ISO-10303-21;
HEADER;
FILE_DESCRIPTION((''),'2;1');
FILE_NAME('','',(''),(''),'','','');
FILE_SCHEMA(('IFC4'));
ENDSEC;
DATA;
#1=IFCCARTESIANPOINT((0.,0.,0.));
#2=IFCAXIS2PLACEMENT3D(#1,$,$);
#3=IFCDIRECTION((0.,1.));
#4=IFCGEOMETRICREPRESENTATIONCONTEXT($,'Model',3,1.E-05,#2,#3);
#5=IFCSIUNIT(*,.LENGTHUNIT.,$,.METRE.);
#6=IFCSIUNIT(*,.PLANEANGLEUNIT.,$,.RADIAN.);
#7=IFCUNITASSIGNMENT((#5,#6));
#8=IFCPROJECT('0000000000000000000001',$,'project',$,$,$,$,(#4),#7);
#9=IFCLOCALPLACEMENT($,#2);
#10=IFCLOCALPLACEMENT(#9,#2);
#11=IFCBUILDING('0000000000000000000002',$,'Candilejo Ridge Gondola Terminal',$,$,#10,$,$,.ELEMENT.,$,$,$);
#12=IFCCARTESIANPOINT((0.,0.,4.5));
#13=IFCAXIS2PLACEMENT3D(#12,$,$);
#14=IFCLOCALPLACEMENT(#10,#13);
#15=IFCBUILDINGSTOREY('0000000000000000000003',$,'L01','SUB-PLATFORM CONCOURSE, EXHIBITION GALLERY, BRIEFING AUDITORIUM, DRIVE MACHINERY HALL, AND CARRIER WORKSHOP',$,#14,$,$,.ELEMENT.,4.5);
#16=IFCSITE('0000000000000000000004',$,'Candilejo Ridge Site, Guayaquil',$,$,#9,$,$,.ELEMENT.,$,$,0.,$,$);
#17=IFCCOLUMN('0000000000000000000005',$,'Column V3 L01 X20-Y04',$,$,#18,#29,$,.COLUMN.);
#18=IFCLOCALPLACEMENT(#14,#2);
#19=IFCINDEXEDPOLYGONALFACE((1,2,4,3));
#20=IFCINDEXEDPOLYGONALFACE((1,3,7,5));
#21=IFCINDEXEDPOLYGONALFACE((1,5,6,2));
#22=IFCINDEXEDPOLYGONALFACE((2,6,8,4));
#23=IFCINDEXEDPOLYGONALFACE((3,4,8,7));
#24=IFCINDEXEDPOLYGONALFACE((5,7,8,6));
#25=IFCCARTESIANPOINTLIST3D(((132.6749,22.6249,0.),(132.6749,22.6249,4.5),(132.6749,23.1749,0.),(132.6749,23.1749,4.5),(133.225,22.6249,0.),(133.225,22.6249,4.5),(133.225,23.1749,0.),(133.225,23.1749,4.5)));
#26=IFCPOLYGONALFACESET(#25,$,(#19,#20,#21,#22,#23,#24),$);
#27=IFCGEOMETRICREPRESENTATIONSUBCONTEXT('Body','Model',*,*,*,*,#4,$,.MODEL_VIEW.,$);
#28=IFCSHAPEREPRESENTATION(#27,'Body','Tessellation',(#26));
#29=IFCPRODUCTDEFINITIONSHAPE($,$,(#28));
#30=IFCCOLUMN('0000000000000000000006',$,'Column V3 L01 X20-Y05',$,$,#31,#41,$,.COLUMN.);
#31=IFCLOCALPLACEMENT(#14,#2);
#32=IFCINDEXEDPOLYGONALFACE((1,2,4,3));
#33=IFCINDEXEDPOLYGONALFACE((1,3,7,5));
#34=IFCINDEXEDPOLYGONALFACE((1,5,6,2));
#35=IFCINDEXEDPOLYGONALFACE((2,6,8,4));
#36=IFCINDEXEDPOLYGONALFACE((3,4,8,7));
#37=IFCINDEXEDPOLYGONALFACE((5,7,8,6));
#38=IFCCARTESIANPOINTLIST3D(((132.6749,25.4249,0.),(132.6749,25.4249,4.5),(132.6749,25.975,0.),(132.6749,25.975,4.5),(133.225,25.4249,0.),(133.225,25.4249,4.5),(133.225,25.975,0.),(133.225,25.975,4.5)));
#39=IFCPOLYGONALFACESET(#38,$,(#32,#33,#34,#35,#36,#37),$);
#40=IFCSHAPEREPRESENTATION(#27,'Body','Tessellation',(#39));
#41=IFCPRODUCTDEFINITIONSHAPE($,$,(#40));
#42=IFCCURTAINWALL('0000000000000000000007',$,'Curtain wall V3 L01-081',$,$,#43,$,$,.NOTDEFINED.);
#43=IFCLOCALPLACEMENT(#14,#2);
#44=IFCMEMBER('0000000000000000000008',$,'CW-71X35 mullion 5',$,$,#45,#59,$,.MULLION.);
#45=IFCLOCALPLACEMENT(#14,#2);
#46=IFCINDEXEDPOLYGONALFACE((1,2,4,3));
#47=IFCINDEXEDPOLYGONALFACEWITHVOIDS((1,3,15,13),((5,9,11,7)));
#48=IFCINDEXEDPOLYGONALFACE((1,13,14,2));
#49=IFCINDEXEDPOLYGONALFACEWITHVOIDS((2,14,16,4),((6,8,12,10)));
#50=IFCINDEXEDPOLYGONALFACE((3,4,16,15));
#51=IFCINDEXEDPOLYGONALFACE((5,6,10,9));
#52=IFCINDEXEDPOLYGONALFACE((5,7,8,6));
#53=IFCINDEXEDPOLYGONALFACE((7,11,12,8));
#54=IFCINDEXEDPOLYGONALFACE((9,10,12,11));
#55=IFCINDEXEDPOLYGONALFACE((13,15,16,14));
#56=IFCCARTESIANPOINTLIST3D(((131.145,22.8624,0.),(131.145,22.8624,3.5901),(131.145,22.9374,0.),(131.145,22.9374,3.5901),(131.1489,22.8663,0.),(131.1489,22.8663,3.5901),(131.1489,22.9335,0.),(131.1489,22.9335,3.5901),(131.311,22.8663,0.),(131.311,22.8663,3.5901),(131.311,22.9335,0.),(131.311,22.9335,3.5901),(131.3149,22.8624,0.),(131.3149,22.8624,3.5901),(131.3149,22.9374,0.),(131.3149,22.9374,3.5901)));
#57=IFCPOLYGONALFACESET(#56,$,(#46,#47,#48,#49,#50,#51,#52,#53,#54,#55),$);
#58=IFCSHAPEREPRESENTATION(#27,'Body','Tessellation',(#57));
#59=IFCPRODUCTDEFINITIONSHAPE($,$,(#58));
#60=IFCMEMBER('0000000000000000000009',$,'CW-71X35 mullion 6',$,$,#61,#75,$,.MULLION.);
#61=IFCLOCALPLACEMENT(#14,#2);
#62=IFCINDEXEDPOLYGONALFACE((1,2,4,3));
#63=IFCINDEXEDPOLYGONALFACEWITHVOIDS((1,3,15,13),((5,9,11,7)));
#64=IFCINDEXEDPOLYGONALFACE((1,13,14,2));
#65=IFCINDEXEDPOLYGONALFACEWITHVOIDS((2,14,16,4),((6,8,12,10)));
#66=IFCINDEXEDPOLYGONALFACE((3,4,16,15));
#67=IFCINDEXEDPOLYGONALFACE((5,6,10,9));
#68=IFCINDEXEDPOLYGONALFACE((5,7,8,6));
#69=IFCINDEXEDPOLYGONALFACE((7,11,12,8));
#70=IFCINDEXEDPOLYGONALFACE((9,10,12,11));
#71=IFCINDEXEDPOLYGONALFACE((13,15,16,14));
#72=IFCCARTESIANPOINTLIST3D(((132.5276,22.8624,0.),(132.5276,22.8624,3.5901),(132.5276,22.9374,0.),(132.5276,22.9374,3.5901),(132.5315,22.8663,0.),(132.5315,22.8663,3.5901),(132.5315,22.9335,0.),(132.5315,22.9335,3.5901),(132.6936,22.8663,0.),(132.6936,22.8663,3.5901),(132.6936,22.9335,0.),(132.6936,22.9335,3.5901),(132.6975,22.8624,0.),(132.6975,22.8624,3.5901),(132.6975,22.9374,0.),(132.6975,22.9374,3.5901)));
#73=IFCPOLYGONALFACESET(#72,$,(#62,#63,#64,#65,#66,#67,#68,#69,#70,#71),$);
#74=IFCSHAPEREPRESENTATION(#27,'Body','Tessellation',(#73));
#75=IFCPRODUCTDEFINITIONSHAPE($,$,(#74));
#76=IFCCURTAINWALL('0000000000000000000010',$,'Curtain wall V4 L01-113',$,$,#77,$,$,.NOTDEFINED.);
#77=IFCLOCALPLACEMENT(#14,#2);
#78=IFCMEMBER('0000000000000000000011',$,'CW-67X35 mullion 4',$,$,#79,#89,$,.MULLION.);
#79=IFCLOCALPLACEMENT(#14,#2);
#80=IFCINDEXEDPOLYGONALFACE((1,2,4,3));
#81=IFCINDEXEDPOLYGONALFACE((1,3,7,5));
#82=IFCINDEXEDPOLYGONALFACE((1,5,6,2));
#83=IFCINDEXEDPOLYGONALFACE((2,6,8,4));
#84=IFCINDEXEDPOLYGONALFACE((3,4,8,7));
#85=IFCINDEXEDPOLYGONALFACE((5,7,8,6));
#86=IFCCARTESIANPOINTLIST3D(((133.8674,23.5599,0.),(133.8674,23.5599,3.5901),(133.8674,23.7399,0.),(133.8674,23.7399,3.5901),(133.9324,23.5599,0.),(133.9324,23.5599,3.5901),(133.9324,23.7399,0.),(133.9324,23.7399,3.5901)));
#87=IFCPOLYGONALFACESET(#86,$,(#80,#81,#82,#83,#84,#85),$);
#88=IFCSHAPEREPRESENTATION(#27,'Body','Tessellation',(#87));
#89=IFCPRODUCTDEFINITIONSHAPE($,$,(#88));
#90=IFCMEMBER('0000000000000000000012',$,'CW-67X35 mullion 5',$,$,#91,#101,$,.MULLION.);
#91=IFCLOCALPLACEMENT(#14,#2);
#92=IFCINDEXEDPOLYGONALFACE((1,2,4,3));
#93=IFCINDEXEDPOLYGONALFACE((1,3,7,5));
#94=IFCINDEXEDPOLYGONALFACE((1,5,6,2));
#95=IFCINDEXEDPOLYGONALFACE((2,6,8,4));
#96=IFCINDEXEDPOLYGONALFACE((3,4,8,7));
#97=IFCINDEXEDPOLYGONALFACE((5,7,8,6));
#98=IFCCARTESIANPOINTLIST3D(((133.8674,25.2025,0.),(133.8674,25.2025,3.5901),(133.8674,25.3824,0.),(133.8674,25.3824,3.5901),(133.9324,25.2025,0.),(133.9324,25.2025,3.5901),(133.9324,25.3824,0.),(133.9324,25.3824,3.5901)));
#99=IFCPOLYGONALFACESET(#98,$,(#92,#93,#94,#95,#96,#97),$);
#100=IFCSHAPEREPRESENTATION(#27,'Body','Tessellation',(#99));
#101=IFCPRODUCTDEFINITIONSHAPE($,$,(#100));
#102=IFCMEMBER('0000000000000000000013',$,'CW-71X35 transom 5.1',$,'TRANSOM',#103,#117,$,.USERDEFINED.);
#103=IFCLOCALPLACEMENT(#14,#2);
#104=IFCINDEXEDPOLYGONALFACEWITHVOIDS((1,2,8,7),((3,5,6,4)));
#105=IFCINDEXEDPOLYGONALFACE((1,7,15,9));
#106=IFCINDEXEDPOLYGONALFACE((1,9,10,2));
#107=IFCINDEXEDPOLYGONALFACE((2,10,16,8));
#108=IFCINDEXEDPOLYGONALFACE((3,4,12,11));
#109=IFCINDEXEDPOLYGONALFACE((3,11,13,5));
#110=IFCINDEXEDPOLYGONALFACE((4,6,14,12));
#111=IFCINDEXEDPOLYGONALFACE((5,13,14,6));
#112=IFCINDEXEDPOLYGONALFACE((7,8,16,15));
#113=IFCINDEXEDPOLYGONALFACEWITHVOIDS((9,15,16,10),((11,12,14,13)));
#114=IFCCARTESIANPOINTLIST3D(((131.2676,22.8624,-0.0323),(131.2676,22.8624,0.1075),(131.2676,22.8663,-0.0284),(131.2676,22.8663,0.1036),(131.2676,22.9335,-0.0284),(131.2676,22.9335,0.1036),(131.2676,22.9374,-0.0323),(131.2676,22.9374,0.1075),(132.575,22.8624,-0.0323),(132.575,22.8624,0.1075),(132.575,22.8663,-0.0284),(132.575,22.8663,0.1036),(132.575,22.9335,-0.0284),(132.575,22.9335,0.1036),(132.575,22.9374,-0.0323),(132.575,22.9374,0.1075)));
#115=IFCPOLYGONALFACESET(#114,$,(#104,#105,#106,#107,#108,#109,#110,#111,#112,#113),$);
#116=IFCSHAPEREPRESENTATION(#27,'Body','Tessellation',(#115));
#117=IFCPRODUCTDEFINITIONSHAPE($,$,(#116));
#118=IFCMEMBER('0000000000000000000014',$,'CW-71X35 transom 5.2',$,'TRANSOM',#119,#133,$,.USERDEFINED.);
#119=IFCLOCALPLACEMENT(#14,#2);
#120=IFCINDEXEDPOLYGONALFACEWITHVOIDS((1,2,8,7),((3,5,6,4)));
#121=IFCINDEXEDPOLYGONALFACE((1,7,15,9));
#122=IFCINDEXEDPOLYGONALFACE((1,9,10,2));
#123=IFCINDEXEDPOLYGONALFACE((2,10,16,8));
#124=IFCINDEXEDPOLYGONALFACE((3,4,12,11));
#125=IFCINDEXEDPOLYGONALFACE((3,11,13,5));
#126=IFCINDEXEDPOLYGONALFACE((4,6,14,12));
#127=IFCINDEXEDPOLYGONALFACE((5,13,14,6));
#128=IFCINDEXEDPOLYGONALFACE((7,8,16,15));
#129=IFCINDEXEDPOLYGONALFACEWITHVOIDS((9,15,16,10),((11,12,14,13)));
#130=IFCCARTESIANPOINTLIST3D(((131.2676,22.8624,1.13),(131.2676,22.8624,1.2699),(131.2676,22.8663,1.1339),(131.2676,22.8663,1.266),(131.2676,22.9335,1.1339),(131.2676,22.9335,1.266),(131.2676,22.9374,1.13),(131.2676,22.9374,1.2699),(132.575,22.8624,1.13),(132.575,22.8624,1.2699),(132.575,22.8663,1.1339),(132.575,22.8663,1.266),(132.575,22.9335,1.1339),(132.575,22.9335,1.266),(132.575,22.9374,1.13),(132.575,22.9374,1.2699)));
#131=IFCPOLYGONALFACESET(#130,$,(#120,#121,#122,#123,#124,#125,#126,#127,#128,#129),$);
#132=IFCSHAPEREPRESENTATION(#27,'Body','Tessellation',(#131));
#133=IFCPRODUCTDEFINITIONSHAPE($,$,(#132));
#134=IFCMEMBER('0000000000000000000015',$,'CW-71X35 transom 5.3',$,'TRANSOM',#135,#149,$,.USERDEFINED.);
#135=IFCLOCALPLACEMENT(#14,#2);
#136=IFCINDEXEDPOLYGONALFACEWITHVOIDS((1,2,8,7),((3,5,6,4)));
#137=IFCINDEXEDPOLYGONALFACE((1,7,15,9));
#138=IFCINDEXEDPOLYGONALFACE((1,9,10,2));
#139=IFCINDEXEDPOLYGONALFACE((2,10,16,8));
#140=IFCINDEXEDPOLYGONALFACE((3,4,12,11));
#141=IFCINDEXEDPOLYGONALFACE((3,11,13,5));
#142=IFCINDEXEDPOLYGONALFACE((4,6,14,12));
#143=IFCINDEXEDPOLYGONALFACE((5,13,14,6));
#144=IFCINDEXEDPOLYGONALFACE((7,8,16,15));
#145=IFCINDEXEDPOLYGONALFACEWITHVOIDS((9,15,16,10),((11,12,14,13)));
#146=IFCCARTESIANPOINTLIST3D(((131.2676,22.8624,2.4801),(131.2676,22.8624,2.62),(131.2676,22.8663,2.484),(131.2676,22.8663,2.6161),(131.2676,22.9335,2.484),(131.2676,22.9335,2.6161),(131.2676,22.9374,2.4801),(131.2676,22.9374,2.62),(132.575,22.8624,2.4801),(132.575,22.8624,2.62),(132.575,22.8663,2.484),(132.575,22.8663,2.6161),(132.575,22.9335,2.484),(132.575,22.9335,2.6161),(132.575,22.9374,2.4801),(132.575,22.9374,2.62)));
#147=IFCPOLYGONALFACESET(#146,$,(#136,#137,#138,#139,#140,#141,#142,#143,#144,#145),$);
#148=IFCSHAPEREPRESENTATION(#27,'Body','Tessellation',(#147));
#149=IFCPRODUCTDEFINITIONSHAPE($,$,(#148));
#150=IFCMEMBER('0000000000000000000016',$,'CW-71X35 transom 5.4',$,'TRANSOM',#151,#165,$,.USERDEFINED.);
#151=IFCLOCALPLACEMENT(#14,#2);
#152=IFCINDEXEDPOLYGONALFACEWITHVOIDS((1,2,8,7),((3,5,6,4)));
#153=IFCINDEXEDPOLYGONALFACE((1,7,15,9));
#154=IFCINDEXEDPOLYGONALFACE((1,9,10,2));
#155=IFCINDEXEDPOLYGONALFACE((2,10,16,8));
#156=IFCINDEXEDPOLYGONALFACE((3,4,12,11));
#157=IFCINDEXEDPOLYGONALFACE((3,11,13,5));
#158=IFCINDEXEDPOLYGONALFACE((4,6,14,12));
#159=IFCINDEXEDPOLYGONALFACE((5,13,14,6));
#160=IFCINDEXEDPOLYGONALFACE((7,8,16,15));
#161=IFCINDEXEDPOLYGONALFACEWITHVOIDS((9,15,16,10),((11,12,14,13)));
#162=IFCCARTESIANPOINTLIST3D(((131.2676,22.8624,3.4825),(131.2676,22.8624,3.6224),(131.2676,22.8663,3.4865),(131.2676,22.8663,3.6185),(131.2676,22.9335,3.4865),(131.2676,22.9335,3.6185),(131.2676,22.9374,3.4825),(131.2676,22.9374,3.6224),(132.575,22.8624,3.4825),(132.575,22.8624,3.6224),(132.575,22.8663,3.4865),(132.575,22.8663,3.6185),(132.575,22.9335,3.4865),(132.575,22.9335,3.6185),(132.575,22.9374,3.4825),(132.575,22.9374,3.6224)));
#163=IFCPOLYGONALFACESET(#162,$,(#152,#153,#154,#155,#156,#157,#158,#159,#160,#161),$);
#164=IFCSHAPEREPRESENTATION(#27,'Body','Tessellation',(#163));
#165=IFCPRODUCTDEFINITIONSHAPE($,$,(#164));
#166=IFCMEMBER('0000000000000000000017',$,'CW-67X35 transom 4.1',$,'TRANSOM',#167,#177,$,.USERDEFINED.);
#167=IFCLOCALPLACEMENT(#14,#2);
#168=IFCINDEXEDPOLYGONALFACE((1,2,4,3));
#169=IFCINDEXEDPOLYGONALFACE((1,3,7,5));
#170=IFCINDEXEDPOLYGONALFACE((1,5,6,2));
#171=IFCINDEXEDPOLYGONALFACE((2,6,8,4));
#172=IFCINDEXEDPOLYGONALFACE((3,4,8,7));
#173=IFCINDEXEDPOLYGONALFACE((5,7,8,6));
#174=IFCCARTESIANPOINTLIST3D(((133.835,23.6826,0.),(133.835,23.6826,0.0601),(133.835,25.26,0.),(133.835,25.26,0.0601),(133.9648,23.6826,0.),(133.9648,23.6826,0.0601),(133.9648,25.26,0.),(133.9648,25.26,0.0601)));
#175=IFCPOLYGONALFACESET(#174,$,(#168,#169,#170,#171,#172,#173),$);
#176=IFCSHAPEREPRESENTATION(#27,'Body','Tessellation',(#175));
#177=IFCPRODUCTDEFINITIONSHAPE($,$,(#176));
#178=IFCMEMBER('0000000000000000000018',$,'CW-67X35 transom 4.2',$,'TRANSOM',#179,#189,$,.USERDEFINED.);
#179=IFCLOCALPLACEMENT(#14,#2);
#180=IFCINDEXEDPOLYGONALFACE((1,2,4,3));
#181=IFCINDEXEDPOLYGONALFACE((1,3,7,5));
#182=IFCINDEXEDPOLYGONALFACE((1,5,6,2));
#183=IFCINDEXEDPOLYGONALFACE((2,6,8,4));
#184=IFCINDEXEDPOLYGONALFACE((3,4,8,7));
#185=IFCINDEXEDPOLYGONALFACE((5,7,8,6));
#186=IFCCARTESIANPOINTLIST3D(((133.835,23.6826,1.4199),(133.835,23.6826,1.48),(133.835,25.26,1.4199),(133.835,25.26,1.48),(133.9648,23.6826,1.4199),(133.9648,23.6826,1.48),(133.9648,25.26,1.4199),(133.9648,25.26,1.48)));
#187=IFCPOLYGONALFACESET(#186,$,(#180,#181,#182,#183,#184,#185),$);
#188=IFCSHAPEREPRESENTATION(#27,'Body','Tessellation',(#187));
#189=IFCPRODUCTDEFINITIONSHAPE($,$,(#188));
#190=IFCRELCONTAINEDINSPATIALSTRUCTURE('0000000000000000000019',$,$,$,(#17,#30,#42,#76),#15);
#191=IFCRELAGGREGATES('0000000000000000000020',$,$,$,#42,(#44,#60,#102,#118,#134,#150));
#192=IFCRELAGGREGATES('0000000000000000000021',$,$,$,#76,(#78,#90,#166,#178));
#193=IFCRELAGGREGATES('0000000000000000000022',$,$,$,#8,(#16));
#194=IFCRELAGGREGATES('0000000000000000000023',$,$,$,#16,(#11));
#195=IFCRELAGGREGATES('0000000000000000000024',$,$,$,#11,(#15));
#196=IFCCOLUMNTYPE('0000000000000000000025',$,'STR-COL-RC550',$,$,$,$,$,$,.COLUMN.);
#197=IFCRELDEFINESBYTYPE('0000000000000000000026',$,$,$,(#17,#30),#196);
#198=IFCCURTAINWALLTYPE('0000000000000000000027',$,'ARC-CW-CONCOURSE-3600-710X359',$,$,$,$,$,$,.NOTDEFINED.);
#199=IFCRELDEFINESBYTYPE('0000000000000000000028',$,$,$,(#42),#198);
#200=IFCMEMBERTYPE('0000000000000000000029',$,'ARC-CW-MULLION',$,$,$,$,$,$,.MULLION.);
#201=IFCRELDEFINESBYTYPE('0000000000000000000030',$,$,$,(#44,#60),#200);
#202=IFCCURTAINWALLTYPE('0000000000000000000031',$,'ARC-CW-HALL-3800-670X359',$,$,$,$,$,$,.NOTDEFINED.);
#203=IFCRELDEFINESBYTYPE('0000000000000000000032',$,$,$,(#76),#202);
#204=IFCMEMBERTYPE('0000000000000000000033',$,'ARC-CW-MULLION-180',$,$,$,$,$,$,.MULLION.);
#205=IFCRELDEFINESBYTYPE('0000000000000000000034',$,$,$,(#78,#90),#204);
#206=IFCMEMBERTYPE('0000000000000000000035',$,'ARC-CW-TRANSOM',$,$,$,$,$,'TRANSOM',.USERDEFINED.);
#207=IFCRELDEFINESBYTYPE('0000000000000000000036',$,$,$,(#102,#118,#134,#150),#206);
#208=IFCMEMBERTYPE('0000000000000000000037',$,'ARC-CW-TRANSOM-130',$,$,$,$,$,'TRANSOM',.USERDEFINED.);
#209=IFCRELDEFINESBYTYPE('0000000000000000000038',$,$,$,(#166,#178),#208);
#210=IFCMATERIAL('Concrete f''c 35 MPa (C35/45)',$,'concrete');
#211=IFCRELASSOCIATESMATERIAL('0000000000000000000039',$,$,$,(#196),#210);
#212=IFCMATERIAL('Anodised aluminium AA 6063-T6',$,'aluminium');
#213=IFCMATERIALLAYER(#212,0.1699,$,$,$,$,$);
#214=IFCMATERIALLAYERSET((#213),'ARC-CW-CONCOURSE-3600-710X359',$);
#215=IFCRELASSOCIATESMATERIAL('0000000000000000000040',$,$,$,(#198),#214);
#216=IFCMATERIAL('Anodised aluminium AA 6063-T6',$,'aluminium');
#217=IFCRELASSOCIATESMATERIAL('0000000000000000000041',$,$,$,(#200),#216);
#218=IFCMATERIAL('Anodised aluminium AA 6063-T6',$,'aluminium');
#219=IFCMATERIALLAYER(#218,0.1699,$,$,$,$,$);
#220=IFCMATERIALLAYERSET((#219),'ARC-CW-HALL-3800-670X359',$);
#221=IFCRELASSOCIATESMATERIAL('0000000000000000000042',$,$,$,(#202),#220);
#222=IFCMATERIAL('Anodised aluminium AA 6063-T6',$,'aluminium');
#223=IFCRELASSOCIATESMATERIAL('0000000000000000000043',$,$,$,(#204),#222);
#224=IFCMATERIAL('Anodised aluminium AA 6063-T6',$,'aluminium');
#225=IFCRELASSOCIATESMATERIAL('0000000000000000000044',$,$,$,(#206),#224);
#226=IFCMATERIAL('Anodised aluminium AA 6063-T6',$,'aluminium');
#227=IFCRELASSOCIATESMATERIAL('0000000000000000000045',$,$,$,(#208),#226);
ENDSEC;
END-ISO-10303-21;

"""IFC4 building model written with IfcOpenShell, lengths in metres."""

from ifc_helpers import new_model, si_unit, direction, frame, origin, origin_2d, place, context, subcontext, project, spatial, rectangle, hollow_rectangle, extrude, material, layer, layer_set, material_profile, profile_set, type_object, element, aggregate, save


model = new_model("IFC4")

# Units and contexts
model_context = context("Model", 3, precision=1e-05, world=origin(), true_north=direction((0.0, 1.0)))
body_context = subcontext(model_context, "Body", "Model", "MODEL_VIEW")
ifc_project = project(units=[si_unit("LENGTHUNIT", "METRE"), si_unit("PLANEANGLEUNIT", "RADIAN")], contexts=[model_context])

# Site, building, storey
site_placement = place(None, origin())
site = spatial("IfcSite", under=ifc_project, at=site_placement, Name="Candilejo Ridge Site, Guayaquil", CompositionType="ELEMENT", RefElevation=0.0)
building_placement = place(site_placement, origin())
building = spatial("IfcBuilding", under=site, at=building_placement, Name="Candilejo Ridge Gondola Terminal", CompositionType="ELEMENT")
storey_placement = place(building_placement, frame((0.0, 0.0, 4.5)))
storey = spatial("IfcBuildingStorey", under=building, at=storey_placement, Name="L01", Description="SUB-PLATFORM CONCOURSE, EXHIBITION GALLERY, BRIEFING AUDITORIUM, DRIVE MACHINERY HALL, AND CARRIER WORKSHOP", CompositionType="ELEMENT", Elevation=4.5)

# Columns
ifc_material_1 = material(Name="Concrete f'c 35 MPa (C35/45)", Category="concrete")
ifc_material_profile_1 = material_profile(ifc_material_1, rectangle(XDim=0.55, YDim=0.55, at=origin_2d()))
ifc_profile_set_1 = profile_set([ifc_material_profile_1], Name="Concrete f'c 35 MPa (C35/45)")
column_type = type_object("IfcColumnType", Name="STR-COL-RC550", PredefinedType="COLUMN", material=ifc_profile_set_1)
for number, where, z_axis, x_axis, name in (
    (1, (132.95, 22.8999, 0.0), (0.0, 0.0, 1.0), (1.0, 0.0, 0.0), "Column V3 L01 X20-Y04"),
    (2, (132.95, 25.7, 0.0), (0.0, 0.0, 1.0), (1.0, 0.0, 0.0), "Column V3 L01 X20-Y05"),
):
    element("IfcColumn", number, at=place(storey_placement, frame(where, z_axis=z_axis, x_axis=x_axis)), inside=storey, type_object=column_type, Name=name, PredefinedType="COLUMN", context=body_context, shape_type="SweptSolid", body=[
        extrude(rectangle(XDim=0.55, YDim=0.55, at=origin_2d()), origin(), (0.0, 0.0, 1.0), 4.5),
    ])

# Curtain walls, members
ifc_material_2 = material(Name="Anodised aluminium AA 6063-T6", Category="aluminium")
ifc_layer_1 = layer(ifc_material_2, 0.1699)
ifc_layer_set_1 = layer_set([ifc_layer_1], Name="ARC-CW-CONCOURSE-3600-710X359")
curtain_wall_type_1 = type_object("IfcCurtainWallType", Name="ARC-CW-CONCOURSE-3600-710X359", PredefinedType="NOTDEFINED", material=ifc_layer_set_1)
curtain_wall_1_placement = place(storey_placement, origin())
curtain_wall_1 = element("IfcCurtainWall", 3, at=curtain_wall_1_placement, inside=storey, type_object=curtain_wall_type_1, Name="Curtain wall V3 L01-081", PredefinedType="NOTDEFINED")
ifc_material_3 = material(Name="Anodised aluminium AA 6063-T6", Category="aluminium")
ifc_material_profile_2 = material_profile(ifc_material_3, hollow_rectangle(XDim=0.075, YDim=0.1699, WallThickness=0.0039, at=origin_2d()))
ifc_profile_set_2 = profile_set([ifc_material_profile_2], Name="Anodised aluminium AA 6063-T6")
member_type_1 = type_object("IfcMemberType", Name="ARC-CW-MULLION", PredefinedType="MULLION", material=ifc_profile_set_2)
member_1_placement = place(storey_placement, frame((131.23, 22.8999, 0.0), z_axis=(0.0, 0.0, 1.0), x_axis=(0.0, 1.0, 0.0)))
member_1 = element("IfcMember", 4, at=member_1_placement, type_object=member_type_1, Name="CW-71X35 mullion 5", PredefinedType="MULLION", context=body_context, shape_type="SweptSolid", body=[
    extrude(hollow_rectangle(XDim=0.075, YDim=0.1699, WallThickness=0.0039, at=origin_2d()), origin(), (0.0, 0.0, 1.0), 3.5901),
])
member_2_placement = place(storey_placement, frame((132.6125, 22.8999, 0.0), z_axis=(0.0, 0.0, 1.0), x_axis=(0.0, 1.0, 0.0)))
member_2 = element("IfcMember", 5, at=member_2_placement, type_object=member_type_1, Name="CW-71X35 mullion 6", PredefinedType="MULLION", context=body_context, shape_type="SweptSolid", body=[
    extrude(hollow_rectangle(XDim=0.075, YDim=0.1699, WallThickness=0.0039, at=origin_2d()), origin(), (0.0, 0.0, 1.0), 3.5901),
])
ifc_material_4 = material(Name="Anodised aluminium AA 6063-T6", Category="aluminium")
ifc_layer_2 = layer(ifc_material_4, 0.1699)
ifc_layer_set_2 = layer_set([ifc_layer_2], Name="ARC-CW-HALL-3800-670X359")
curtain_wall_type_2 = type_object("IfcCurtainWallType", Name="ARC-CW-HALL-3800-670X359", PredefinedType="NOTDEFINED", material=ifc_layer_set_2)
curtain_wall_2_placement = place(storey_placement, origin())
curtain_wall_2 = element("IfcCurtainWall", 6, at=curtain_wall_2_placement, inside=storey, type_object=curtain_wall_type_2, Name="Curtain wall V4 L01-113", PredefinedType="NOTDEFINED")
ifc_material_5 = material(Name="Anodised aluminium AA 6063-T6", Category="aluminium")
ifc_material_profile_3 = material_profile(ifc_material_5, rectangle(XDim=0.0649, YDim=0.1799, at=origin_2d()))
ifc_profile_set_3 = profile_set([ifc_material_profile_3], Name="Anodised aluminium AA 6063-T6")
member_type_2 = type_object("IfcMemberType", Name="ARC-CW-MULLION-180", PredefinedType="MULLION", material=ifc_profile_set_3)
member_3_placement = place(storey_placement, frame((133.8999, 23.6499, 0.0), z_axis=(0.0, 0.0, 1.0), x_axis=(-1.0, 0.0, 0.0)))
member_3 = element("IfcMember", 7, at=member_3_placement, type_object=member_type_2, Name="CW-67X35 mullion 4", PredefinedType="MULLION", context=body_context, shape_type="SweptSolid", body=[
    extrude(rectangle(XDim=0.0649, YDim=0.1799, at=origin_2d()), origin(), (0.0, 0.0, 1.0), 3.5901),
])
member_4_placement = place(storey_placement, frame((133.8999, 25.2925, 0.0), z_axis=(0.0, 0.0, 1.0), x_axis=(-1.0, 0.0, 0.0)))
member_4 = element("IfcMember", 8, at=member_4_placement, type_object=member_type_2, Name="CW-67X35 mullion 5", PredefinedType="MULLION", context=body_context, shape_type="SweptSolid", body=[
    extrude(rectangle(XDim=0.0649, YDim=0.1799, at=origin_2d()), origin(), (0.0, 0.0, 1.0), 3.5901),
])

# Members
ifc_material_6 = material(Name="Anodised aluminium AA 6063-T6", Category="aluminium")
ifc_material_profile_4 = material_profile(ifc_material_6, hollow_rectangle(XDim=0.075, YDim=0.1399, WallThickness=0.0039, at=origin_2d()))
ifc_profile_set_4 = profile_set([ifc_material_profile_4], Name="Anodised aluminium AA 6063-T6")
member_type_3 = type_object("IfcMemberType", Name="ARC-CW-TRANSOM", ElementType="TRANSOM", PredefinedType="USERDEFINED", material=ifc_profile_set_4)
member_5_placement = place(storey_placement, frame((131.2676, 22.8999, 0.0376), z_axis=(1.0, 0.0, 0.0), x_axis=(0.0, 1.0, 0.0)))
member_5 = element("IfcMember", 9, at=member_5_placement, type_object=member_type_3, Name="CW-71X35 transom 5.1", ObjectType="TRANSOM", PredefinedType="USERDEFINED", context=body_context, shape_type="SweptSolid", body=[
    extrude(hollow_rectangle(XDim=0.075, YDim=0.1399, WallThickness=0.0039, at=origin_2d()), origin(), (0.0, 0.0, 1.0), 1.3074),
])
member_6_placement = place(storey_placement, frame((131.2676, 22.8999, 1.2), z_axis=(1.0, 0.0, 0.0), x_axis=(0.0, 1.0, 0.0)))
member_6 = element("IfcMember", 10, at=member_6_placement, type_object=member_type_3, Name="CW-71X35 transom 5.2", ObjectType="TRANSOM", PredefinedType="USERDEFINED", context=body_context, shape_type="SweptSolid", body=[
    extrude(hollow_rectangle(XDim=0.075, YDim=0.1399, WallThickness=0.0039, at=origin_2d()), origin(), (0.0, 0.0, 1.0), 1.3074),
])
member_7_placement = place(storey_placement, frame((131.2676, 22.8999, 2.55), z_axis=(1.0, 0.0, 0.0), x_axis=(0.0, 1.0, 0.0)))
member_7 = element("IfcMember", 11, at=member_7_placement, type_object=member_type_3, Name="CW-71X35 transom 5.3", ObjectType="TRANSOM", PredefinedType="USERDEFINED", context=body_context, shape_type="SweptSolid", body=[
    extrude(hollow_rectangle(XDim=0.075, YDim=0.1399, WallThickness=0.0039, at=origin_2d()), origin(), (0.0, 0.0, 1.0), 1.3074),
])
member_8_placement = place(storey_placement, frame((131.2676, 22.8999, 3.5525), z_axis=(1.0, 0.0, 0.0), x_axis=(0.0, 1.0, 0.0)))
member_8 = element("IfcMember", 12, at=member_8_placement, type_object=member_type_3, Name="CW-71X35 transom 5.4", ObjectType="TRANSOM", PredefinedType="USERDEFINED", context=body_context, shape_type="SweptSolid", body=[
    extrude(hollow_rectangle(XDim=0.075, YDim=0.1399, WallThickness=0.0039, at=origin_2d()), origin(), (0.0, 0.0, 1.0), 1.3074),
])
ifc_material_7 = material(Name="Anodised aluminium AA 6063-T6", Category="aluminium")
ifc_material_profile_5 = material_profile(ifc_material_7, rectangle(XDim=0.1299, YDim=0.0601, at=origin_2d()))
ifc_profile_set_5 = profile_set([ifc_material_profile_5], Name="Anodised aluminium AA 6063-T6")
member_type_4 = type_object("IfcMemberType", Name="ARC-CW-TRANSOM-130", ElementType="TRANSOM", PredefinedType="USERDEFINED", material=ifc_profile_set_5)
member_9_placement = place(storey_placement, frame((133.8999, 23.6826, 0.03), z_axis=(0.0, 1.0, 0.0), x_axis=(-1.0, 0.0, 0.0)))
member_9 = element("IfcMember", 13, at=member_9_placement, type_object=member_type_4, Name="CW-67X35 transom 4.1", ObjectType="TRANSOM", PredefinedType="USERDEFINED", context=body_context, shape_type="SweptSolid", body=[
    extrude(rectangle(XDim=0.1299, YDim=0.0601, at=origin_2d()), origin(), (0.0, 0.0, 1.0), 1.5774),
])
member_10_placement = place(storey_placement, frame((133.8999, 23.6826, 1.45), z_axis=(0.0, 1.0, 0.0), x_axis=(-1.0, 0.0, 0.0)))
member_10 = element("IfcMember", 14, at=member_10_placement, type_object=member_type_4, Name="CW-67X35 transom 4.2", ObjectType="TRANSOM", PredefinedType="USERDEFINED", context=body_context, shape_type="SweptSolid", body=[
    extrude(rectangle(XDim=0.1299, YDim=0.0601, at=origin_2d()), origin(), (0.0, 0.0, 1.0), 1.5774),
])

aggregate(curtain_wall_1, [member_1, member_2, member_5, member_6, member_7, member_8])
aggregate(curtain_wall_2, [member_3, member_4, member_9, member_10])

save(model, "model.ifc")
